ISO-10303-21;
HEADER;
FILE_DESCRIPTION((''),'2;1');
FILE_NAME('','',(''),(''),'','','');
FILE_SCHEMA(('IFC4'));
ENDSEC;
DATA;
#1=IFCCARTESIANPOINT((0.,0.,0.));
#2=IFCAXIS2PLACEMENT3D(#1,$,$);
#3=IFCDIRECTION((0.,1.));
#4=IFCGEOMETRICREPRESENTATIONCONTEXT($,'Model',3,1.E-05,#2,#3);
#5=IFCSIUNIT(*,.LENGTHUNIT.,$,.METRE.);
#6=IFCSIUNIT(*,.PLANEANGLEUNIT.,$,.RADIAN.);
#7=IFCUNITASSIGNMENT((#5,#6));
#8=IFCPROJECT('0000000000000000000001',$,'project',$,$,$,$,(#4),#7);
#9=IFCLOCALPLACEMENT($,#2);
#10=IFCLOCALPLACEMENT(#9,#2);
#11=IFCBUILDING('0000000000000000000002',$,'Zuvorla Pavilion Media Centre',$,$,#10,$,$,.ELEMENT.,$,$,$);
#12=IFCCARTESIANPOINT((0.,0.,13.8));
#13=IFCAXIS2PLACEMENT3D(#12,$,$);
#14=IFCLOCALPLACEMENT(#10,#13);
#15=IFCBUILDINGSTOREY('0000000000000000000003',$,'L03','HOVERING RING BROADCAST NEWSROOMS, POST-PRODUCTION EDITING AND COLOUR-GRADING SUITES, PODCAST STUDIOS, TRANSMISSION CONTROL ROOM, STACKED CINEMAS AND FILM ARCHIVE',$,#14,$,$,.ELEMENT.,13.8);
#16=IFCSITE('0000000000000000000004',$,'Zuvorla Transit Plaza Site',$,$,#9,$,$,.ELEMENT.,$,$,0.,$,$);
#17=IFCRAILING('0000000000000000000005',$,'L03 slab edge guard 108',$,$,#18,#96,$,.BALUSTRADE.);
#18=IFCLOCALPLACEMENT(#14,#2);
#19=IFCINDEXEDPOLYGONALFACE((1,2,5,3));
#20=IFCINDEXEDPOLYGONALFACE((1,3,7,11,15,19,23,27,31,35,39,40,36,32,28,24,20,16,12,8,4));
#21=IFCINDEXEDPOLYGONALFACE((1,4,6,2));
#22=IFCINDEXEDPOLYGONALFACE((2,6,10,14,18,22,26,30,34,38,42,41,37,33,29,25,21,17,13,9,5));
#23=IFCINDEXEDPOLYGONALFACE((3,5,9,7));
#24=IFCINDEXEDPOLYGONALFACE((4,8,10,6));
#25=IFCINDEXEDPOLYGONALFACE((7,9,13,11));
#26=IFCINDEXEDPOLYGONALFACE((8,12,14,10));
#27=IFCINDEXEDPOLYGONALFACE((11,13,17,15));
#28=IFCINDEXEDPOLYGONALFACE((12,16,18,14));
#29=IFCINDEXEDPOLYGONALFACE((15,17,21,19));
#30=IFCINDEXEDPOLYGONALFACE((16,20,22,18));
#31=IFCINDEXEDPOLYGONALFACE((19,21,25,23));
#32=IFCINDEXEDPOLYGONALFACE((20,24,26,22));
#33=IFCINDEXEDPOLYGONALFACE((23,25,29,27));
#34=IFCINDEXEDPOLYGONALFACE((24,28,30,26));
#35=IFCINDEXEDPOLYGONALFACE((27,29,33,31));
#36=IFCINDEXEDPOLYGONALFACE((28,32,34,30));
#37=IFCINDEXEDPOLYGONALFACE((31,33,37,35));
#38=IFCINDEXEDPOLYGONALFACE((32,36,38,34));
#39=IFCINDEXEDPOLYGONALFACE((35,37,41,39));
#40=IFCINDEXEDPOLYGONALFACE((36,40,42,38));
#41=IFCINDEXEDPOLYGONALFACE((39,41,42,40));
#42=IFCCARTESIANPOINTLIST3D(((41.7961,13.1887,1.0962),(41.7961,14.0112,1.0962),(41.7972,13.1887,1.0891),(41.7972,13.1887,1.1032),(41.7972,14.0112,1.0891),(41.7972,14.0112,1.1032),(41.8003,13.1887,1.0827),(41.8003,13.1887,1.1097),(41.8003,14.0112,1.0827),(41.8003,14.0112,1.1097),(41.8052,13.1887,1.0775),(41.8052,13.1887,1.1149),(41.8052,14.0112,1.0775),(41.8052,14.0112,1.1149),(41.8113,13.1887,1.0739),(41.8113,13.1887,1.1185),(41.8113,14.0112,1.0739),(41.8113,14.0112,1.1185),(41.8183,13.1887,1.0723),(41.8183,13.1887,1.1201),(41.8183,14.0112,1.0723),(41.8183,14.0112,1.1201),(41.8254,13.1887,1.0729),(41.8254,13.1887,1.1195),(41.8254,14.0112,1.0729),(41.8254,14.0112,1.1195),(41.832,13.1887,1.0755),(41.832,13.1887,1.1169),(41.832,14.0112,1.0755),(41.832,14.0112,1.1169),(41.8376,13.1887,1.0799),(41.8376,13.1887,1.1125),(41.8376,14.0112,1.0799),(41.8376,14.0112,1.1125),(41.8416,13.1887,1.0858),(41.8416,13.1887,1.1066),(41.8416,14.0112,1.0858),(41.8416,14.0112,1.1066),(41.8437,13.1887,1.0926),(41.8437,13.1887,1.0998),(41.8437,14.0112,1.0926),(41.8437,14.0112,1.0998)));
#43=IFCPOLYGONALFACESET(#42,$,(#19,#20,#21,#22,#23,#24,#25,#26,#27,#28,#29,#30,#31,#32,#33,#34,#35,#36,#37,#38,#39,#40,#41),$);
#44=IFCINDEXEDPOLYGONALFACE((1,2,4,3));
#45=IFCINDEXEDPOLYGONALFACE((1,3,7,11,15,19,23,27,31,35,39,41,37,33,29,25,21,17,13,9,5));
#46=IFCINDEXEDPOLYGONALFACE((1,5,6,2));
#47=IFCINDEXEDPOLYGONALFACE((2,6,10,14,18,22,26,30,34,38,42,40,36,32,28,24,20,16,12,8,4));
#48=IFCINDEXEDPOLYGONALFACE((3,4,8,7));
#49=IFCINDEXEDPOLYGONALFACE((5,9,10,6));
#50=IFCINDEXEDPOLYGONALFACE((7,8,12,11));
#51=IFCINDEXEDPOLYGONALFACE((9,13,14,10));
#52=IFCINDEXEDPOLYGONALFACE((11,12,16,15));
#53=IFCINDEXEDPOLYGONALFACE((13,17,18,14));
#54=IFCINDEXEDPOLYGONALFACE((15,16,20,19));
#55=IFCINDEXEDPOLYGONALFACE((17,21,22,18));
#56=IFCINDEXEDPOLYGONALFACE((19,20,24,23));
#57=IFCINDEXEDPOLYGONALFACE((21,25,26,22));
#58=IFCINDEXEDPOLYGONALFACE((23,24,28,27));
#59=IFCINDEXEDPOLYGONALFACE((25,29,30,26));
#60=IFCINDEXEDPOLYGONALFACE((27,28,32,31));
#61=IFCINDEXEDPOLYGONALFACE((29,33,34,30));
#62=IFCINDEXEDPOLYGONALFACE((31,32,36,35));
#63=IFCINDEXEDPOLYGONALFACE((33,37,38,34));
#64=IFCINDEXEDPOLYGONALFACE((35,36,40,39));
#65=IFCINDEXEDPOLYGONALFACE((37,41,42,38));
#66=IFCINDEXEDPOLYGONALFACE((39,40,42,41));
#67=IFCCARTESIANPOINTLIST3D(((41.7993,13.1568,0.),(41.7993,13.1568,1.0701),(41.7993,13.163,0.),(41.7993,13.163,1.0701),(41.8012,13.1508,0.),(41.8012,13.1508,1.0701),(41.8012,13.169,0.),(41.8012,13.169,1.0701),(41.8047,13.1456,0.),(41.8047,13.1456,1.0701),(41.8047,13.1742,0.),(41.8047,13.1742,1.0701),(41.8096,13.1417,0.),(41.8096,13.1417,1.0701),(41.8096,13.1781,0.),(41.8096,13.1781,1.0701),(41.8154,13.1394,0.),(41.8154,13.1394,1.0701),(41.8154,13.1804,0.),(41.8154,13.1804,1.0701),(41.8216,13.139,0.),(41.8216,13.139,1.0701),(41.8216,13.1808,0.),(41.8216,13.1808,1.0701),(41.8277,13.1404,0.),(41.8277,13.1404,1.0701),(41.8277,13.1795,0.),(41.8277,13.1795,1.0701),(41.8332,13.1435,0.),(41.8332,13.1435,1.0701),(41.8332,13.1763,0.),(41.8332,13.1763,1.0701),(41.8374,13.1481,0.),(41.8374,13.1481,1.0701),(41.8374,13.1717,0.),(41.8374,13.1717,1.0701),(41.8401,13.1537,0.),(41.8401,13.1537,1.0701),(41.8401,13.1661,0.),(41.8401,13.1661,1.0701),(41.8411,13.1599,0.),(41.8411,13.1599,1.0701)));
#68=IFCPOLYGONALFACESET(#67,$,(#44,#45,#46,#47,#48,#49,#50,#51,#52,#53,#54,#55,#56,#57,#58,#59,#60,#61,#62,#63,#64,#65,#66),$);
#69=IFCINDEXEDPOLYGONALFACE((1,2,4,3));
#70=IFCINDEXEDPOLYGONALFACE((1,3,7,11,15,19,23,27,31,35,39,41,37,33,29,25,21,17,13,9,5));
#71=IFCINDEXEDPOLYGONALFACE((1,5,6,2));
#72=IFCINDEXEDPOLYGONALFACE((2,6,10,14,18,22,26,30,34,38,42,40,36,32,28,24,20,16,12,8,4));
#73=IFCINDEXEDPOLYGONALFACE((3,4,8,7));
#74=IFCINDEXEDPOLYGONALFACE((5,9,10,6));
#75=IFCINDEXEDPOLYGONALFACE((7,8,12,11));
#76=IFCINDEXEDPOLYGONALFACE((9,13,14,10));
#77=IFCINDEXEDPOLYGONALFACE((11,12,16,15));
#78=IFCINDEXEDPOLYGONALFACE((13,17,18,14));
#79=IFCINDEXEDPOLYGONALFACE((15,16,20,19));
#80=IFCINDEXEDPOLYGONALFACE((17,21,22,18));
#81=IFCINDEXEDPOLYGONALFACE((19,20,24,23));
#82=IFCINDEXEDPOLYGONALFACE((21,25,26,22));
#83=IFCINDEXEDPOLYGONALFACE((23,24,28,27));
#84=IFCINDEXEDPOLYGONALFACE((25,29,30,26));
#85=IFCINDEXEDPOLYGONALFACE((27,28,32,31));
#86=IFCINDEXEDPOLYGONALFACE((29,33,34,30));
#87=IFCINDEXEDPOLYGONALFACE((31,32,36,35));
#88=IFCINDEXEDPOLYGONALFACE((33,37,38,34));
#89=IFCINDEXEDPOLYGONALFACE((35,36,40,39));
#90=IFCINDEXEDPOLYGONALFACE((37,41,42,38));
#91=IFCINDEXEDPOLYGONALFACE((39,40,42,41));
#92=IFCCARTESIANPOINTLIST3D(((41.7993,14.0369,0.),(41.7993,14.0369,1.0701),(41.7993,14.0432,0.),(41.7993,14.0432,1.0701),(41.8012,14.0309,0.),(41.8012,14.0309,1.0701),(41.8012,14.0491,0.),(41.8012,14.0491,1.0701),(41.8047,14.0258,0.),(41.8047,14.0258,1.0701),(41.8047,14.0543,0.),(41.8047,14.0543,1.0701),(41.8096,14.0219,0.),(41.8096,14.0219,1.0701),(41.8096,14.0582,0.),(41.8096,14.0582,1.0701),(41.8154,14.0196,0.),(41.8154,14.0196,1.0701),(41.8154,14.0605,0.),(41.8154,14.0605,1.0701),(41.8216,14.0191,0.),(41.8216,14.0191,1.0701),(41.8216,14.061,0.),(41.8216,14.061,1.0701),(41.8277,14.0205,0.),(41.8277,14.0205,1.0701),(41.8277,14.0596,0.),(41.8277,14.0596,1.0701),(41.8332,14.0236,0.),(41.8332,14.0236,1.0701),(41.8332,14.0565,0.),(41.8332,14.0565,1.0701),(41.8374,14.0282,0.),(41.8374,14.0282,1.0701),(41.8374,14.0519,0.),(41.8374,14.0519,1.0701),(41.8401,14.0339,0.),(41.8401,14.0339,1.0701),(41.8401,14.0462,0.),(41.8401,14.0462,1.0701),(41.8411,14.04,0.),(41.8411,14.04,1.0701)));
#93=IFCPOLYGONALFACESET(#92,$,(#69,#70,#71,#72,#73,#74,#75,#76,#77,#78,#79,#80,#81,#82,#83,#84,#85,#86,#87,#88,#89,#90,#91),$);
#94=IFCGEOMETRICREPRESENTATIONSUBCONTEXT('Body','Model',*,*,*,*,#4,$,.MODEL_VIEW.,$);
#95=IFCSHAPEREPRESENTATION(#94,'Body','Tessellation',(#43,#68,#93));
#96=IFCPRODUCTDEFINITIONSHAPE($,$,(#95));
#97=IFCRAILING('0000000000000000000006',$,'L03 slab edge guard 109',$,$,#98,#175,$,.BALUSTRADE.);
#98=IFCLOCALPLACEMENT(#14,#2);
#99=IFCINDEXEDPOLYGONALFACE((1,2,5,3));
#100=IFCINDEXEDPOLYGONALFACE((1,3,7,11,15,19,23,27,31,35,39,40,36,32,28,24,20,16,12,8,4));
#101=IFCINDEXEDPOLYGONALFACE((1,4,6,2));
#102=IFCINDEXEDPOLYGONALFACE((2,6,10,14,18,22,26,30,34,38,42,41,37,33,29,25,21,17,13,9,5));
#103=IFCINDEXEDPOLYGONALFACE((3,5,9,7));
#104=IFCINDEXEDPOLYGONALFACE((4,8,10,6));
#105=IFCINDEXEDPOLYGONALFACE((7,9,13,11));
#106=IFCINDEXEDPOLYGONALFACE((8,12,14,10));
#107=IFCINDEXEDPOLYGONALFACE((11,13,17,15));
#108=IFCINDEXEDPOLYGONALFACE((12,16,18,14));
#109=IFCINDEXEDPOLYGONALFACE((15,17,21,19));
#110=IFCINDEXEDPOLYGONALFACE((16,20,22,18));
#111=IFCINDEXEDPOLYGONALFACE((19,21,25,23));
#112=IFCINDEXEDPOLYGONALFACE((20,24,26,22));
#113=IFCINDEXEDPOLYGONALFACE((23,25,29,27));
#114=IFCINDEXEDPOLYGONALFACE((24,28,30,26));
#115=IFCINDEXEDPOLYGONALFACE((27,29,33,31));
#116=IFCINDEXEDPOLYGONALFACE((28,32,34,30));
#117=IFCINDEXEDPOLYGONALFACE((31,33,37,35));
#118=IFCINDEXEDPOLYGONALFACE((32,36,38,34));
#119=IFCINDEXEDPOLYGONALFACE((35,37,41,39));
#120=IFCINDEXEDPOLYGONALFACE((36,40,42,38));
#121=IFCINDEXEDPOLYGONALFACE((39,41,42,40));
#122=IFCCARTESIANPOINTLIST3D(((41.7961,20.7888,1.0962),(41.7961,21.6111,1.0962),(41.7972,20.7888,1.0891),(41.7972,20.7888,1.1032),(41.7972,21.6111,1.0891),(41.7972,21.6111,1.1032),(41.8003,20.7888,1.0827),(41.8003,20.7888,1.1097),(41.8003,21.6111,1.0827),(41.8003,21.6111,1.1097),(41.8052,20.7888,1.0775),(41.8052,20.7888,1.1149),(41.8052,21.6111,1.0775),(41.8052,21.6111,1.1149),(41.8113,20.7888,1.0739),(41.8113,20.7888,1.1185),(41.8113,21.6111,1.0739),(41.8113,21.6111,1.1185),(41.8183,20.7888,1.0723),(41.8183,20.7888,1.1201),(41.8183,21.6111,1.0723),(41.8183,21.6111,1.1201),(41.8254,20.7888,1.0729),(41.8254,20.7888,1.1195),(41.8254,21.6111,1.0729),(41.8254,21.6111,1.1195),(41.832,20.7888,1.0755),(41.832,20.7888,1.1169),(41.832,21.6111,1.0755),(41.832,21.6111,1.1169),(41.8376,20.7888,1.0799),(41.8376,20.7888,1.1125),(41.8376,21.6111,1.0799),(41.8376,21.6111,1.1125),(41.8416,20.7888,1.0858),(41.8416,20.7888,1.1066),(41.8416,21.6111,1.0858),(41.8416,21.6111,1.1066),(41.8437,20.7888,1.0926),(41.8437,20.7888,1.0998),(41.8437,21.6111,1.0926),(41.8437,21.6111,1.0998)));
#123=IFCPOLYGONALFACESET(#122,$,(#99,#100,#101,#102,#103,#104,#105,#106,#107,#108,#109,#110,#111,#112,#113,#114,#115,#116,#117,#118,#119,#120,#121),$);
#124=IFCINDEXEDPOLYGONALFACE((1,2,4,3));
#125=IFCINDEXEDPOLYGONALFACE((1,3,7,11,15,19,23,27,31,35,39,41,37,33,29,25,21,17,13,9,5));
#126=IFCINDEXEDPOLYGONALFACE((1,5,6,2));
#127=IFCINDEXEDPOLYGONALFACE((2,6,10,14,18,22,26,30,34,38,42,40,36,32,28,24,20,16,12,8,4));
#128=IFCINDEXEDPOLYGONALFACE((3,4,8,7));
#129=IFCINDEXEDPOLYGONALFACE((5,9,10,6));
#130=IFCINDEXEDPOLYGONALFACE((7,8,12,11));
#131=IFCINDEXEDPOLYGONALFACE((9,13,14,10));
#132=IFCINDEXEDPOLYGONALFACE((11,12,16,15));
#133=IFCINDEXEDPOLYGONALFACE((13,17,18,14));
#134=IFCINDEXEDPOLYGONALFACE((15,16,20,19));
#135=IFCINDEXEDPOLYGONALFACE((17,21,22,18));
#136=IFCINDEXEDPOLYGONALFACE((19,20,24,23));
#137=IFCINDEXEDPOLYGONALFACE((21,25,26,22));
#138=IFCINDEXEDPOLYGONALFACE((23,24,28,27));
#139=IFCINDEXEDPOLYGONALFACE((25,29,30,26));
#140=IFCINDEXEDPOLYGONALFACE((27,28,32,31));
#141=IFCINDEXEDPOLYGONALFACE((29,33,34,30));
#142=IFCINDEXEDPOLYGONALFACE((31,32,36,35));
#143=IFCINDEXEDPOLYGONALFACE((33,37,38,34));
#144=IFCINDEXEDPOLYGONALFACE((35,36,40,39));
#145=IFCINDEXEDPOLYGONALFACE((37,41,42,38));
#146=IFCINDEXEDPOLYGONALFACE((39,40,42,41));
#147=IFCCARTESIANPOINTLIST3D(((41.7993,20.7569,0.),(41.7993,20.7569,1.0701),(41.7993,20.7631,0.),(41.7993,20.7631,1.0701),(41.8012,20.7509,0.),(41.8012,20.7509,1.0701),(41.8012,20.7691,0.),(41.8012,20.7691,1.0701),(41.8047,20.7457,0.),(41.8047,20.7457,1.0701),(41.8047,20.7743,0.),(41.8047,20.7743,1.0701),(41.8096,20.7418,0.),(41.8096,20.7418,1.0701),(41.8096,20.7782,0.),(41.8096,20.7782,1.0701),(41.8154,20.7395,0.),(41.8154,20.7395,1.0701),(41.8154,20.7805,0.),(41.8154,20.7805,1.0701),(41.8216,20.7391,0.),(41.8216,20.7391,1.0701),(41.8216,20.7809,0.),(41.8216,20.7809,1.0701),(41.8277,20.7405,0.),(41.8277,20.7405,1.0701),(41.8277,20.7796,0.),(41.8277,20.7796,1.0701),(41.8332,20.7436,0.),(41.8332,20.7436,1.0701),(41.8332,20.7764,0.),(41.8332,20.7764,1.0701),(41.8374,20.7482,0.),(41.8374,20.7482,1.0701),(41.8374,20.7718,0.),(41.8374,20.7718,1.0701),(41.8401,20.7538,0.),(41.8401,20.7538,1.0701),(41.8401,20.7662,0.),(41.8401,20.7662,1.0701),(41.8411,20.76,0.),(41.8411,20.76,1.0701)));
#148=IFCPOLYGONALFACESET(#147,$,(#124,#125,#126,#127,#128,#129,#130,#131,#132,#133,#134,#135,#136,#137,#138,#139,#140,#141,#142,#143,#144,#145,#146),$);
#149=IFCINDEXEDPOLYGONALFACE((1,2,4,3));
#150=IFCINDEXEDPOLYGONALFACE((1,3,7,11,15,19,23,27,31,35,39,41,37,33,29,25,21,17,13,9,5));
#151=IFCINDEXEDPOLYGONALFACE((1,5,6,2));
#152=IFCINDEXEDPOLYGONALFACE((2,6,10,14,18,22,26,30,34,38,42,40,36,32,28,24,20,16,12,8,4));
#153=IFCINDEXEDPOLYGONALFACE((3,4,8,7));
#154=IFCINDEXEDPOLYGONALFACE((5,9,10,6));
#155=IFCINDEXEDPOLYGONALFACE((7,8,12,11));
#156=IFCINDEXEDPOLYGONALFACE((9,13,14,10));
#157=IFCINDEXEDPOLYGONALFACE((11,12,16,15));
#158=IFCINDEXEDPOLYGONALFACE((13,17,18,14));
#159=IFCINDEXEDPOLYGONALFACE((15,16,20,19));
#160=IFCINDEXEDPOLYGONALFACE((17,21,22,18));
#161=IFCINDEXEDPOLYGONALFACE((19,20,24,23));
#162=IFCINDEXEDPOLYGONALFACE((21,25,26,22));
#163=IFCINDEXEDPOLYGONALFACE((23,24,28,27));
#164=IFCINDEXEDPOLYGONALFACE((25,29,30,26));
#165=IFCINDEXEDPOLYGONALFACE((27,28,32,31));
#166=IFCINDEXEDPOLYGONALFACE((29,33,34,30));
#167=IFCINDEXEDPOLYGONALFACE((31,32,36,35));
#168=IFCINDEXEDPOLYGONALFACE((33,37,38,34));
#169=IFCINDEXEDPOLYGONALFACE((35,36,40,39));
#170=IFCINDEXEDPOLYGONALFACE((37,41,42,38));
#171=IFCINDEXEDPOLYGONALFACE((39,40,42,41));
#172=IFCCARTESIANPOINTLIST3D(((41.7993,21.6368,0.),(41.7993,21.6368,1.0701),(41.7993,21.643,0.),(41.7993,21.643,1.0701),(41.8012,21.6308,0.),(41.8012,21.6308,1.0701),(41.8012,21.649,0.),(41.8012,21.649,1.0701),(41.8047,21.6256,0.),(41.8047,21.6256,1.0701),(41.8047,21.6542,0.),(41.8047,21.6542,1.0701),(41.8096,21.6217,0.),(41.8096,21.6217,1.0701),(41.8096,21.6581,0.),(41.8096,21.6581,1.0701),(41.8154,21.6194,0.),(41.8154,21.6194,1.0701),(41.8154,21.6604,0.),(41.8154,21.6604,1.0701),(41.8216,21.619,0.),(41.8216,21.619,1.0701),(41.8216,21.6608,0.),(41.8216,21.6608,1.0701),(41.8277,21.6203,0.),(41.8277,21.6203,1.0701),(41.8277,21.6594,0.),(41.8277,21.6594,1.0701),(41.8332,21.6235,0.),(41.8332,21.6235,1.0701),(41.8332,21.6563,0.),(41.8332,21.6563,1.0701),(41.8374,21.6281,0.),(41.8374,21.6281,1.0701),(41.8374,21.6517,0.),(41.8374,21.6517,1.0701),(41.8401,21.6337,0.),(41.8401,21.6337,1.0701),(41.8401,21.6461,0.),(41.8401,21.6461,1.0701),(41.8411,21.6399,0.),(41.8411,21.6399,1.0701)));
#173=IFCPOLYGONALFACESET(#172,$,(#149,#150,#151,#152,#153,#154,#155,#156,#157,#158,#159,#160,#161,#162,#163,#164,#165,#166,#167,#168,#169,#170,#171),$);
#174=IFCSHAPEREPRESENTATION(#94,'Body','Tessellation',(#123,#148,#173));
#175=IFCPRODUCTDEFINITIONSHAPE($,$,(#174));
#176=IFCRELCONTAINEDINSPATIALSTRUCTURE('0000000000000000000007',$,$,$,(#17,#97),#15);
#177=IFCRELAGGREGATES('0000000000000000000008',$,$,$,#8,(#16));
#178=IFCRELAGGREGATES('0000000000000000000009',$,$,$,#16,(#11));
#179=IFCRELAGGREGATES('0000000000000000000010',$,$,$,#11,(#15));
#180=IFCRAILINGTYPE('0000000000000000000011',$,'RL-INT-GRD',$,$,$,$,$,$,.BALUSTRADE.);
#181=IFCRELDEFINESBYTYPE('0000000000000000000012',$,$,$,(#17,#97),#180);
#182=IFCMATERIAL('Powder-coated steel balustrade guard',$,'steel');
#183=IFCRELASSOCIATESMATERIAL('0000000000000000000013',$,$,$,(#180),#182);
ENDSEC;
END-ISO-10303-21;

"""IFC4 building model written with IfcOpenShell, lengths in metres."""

from ifc_helpers import new_model, si_unit, direction, frame, origin, origin_2d, place, context, subcontext, project, spatial, circle, extrude, material, type_object, element, save


model = new_model("IFC4")

# Units and contexts
model_context = context("Model", 3, precision=1e-05, world=origin(), true_north=direction((0.0, 1.0)))
body_context = subcontext(model_context, "Body", "Model", "MODEL_VIEW")
ifc_project = project(units=[si_unit("LENGTHUNIT", "METRE"), si_unit("PLANEANGLEUNIT", "RADIAN")], contexts=[model_context])

# Site, building, storey
site_placement = place(None, origin())
site = spatial("IfcSite", under=ifc_project, at=site_placement, Name="Zuvorla Transit Plaza Site", CompositionType="ELEMENT", RefElevation=0.0)
building_placement = place(site_placement, origin())
building = spatial("IfcBuilding", under=site, at=building_placement, Name="Zuvorla Pavilion Media Centre", CompositionType="ELEMENT")
storey_placement = place(building_placement, frame((0.0, 0.0, 13.8)))
storey = spatial("IfcBuildingStorey", under=building, at=storey_placement, Name="L03", Description="HOVERING RING BROADCAST NEWSROOMS, POST-PRODUCTION EDITING AND COLOUR-GRADING SUITES, PODCAST STUDIOS, TRANSMISSION CONTROL ROOM, STACKED CINEMAS AND FILM ARCHIVE", CompositionType="ELEMENT", Elevation=13.8)

# Railings
ifc_material_1 = material(Name="Powder-coated steel balustrade guard", Category="steel")
railing_type = type_object("IfcRailingType", Name="RL-INT-GRD", PredefinedType="BALUSTRADE", material=ifc_material_1)
railing_1_placement = place(storey_placement, frame((41.8201, 13.1599, 0.0)))
element("IfcRailing", 1, at=railing_1_placement, inside=storey, type_object=railing_type, Name="L03 slab edge guard 108", PredefinedType="BALUSTRADE", context=body_context, shape_type="SweptSolid", body=[
    extrude(circle(Radius=0.0239, at=origin_2d()), frame((0.0, 0.0288, 1.0962), z_axis=(0.0, 1.0, 0.0), x_axis=(-1.0, 0.0, 0.0)), (0.0, 0.0, 1.0), 0.8225),
    extrude(circle(Radius=0.021, at=origin_2d()), origin(), (0.0, 0.0, 1.0), 1.0701),
    extrude(circle(Radius=0.021, at=origin_2d()), frame((0.0, 0.8801, 0.0)), (0.0, 0.0, 1.0), 1.0701),
])
railing_2_placement = place(storey_placement, frame((41.8201, 20.76, 0.0)))
element("IfcRailing", 2, at=railing_2_placement, inside=storey, type_object=railing_type, Name="L03 slab edge guard 109", PredefinedType="BALUSTRADE", context=body_context, shape_type="SweptSolid", body=[
    extrude(circle(Radius=0.0239, at=origin_2d()), frame((0.0, 0.0288, 1.0962), z_axis=(0.0, 1.0, 0.0), x_axis=(-1.0, 0.0, 0.0)), (0.0, 0.0, 1.0), 0.8223),
    extrude(circle(Radius=0.021, at=origin_2d()), origin(), (0.0, 0.0, 1.0), 1.0701),
    extrude(circle(Radius=0.021, at=origin_2d()), frame((0.0, 0.8799, 0.0)), (0.0, 0.0, 1.0), 1.0701),
])

save(model, "model.ifc")
